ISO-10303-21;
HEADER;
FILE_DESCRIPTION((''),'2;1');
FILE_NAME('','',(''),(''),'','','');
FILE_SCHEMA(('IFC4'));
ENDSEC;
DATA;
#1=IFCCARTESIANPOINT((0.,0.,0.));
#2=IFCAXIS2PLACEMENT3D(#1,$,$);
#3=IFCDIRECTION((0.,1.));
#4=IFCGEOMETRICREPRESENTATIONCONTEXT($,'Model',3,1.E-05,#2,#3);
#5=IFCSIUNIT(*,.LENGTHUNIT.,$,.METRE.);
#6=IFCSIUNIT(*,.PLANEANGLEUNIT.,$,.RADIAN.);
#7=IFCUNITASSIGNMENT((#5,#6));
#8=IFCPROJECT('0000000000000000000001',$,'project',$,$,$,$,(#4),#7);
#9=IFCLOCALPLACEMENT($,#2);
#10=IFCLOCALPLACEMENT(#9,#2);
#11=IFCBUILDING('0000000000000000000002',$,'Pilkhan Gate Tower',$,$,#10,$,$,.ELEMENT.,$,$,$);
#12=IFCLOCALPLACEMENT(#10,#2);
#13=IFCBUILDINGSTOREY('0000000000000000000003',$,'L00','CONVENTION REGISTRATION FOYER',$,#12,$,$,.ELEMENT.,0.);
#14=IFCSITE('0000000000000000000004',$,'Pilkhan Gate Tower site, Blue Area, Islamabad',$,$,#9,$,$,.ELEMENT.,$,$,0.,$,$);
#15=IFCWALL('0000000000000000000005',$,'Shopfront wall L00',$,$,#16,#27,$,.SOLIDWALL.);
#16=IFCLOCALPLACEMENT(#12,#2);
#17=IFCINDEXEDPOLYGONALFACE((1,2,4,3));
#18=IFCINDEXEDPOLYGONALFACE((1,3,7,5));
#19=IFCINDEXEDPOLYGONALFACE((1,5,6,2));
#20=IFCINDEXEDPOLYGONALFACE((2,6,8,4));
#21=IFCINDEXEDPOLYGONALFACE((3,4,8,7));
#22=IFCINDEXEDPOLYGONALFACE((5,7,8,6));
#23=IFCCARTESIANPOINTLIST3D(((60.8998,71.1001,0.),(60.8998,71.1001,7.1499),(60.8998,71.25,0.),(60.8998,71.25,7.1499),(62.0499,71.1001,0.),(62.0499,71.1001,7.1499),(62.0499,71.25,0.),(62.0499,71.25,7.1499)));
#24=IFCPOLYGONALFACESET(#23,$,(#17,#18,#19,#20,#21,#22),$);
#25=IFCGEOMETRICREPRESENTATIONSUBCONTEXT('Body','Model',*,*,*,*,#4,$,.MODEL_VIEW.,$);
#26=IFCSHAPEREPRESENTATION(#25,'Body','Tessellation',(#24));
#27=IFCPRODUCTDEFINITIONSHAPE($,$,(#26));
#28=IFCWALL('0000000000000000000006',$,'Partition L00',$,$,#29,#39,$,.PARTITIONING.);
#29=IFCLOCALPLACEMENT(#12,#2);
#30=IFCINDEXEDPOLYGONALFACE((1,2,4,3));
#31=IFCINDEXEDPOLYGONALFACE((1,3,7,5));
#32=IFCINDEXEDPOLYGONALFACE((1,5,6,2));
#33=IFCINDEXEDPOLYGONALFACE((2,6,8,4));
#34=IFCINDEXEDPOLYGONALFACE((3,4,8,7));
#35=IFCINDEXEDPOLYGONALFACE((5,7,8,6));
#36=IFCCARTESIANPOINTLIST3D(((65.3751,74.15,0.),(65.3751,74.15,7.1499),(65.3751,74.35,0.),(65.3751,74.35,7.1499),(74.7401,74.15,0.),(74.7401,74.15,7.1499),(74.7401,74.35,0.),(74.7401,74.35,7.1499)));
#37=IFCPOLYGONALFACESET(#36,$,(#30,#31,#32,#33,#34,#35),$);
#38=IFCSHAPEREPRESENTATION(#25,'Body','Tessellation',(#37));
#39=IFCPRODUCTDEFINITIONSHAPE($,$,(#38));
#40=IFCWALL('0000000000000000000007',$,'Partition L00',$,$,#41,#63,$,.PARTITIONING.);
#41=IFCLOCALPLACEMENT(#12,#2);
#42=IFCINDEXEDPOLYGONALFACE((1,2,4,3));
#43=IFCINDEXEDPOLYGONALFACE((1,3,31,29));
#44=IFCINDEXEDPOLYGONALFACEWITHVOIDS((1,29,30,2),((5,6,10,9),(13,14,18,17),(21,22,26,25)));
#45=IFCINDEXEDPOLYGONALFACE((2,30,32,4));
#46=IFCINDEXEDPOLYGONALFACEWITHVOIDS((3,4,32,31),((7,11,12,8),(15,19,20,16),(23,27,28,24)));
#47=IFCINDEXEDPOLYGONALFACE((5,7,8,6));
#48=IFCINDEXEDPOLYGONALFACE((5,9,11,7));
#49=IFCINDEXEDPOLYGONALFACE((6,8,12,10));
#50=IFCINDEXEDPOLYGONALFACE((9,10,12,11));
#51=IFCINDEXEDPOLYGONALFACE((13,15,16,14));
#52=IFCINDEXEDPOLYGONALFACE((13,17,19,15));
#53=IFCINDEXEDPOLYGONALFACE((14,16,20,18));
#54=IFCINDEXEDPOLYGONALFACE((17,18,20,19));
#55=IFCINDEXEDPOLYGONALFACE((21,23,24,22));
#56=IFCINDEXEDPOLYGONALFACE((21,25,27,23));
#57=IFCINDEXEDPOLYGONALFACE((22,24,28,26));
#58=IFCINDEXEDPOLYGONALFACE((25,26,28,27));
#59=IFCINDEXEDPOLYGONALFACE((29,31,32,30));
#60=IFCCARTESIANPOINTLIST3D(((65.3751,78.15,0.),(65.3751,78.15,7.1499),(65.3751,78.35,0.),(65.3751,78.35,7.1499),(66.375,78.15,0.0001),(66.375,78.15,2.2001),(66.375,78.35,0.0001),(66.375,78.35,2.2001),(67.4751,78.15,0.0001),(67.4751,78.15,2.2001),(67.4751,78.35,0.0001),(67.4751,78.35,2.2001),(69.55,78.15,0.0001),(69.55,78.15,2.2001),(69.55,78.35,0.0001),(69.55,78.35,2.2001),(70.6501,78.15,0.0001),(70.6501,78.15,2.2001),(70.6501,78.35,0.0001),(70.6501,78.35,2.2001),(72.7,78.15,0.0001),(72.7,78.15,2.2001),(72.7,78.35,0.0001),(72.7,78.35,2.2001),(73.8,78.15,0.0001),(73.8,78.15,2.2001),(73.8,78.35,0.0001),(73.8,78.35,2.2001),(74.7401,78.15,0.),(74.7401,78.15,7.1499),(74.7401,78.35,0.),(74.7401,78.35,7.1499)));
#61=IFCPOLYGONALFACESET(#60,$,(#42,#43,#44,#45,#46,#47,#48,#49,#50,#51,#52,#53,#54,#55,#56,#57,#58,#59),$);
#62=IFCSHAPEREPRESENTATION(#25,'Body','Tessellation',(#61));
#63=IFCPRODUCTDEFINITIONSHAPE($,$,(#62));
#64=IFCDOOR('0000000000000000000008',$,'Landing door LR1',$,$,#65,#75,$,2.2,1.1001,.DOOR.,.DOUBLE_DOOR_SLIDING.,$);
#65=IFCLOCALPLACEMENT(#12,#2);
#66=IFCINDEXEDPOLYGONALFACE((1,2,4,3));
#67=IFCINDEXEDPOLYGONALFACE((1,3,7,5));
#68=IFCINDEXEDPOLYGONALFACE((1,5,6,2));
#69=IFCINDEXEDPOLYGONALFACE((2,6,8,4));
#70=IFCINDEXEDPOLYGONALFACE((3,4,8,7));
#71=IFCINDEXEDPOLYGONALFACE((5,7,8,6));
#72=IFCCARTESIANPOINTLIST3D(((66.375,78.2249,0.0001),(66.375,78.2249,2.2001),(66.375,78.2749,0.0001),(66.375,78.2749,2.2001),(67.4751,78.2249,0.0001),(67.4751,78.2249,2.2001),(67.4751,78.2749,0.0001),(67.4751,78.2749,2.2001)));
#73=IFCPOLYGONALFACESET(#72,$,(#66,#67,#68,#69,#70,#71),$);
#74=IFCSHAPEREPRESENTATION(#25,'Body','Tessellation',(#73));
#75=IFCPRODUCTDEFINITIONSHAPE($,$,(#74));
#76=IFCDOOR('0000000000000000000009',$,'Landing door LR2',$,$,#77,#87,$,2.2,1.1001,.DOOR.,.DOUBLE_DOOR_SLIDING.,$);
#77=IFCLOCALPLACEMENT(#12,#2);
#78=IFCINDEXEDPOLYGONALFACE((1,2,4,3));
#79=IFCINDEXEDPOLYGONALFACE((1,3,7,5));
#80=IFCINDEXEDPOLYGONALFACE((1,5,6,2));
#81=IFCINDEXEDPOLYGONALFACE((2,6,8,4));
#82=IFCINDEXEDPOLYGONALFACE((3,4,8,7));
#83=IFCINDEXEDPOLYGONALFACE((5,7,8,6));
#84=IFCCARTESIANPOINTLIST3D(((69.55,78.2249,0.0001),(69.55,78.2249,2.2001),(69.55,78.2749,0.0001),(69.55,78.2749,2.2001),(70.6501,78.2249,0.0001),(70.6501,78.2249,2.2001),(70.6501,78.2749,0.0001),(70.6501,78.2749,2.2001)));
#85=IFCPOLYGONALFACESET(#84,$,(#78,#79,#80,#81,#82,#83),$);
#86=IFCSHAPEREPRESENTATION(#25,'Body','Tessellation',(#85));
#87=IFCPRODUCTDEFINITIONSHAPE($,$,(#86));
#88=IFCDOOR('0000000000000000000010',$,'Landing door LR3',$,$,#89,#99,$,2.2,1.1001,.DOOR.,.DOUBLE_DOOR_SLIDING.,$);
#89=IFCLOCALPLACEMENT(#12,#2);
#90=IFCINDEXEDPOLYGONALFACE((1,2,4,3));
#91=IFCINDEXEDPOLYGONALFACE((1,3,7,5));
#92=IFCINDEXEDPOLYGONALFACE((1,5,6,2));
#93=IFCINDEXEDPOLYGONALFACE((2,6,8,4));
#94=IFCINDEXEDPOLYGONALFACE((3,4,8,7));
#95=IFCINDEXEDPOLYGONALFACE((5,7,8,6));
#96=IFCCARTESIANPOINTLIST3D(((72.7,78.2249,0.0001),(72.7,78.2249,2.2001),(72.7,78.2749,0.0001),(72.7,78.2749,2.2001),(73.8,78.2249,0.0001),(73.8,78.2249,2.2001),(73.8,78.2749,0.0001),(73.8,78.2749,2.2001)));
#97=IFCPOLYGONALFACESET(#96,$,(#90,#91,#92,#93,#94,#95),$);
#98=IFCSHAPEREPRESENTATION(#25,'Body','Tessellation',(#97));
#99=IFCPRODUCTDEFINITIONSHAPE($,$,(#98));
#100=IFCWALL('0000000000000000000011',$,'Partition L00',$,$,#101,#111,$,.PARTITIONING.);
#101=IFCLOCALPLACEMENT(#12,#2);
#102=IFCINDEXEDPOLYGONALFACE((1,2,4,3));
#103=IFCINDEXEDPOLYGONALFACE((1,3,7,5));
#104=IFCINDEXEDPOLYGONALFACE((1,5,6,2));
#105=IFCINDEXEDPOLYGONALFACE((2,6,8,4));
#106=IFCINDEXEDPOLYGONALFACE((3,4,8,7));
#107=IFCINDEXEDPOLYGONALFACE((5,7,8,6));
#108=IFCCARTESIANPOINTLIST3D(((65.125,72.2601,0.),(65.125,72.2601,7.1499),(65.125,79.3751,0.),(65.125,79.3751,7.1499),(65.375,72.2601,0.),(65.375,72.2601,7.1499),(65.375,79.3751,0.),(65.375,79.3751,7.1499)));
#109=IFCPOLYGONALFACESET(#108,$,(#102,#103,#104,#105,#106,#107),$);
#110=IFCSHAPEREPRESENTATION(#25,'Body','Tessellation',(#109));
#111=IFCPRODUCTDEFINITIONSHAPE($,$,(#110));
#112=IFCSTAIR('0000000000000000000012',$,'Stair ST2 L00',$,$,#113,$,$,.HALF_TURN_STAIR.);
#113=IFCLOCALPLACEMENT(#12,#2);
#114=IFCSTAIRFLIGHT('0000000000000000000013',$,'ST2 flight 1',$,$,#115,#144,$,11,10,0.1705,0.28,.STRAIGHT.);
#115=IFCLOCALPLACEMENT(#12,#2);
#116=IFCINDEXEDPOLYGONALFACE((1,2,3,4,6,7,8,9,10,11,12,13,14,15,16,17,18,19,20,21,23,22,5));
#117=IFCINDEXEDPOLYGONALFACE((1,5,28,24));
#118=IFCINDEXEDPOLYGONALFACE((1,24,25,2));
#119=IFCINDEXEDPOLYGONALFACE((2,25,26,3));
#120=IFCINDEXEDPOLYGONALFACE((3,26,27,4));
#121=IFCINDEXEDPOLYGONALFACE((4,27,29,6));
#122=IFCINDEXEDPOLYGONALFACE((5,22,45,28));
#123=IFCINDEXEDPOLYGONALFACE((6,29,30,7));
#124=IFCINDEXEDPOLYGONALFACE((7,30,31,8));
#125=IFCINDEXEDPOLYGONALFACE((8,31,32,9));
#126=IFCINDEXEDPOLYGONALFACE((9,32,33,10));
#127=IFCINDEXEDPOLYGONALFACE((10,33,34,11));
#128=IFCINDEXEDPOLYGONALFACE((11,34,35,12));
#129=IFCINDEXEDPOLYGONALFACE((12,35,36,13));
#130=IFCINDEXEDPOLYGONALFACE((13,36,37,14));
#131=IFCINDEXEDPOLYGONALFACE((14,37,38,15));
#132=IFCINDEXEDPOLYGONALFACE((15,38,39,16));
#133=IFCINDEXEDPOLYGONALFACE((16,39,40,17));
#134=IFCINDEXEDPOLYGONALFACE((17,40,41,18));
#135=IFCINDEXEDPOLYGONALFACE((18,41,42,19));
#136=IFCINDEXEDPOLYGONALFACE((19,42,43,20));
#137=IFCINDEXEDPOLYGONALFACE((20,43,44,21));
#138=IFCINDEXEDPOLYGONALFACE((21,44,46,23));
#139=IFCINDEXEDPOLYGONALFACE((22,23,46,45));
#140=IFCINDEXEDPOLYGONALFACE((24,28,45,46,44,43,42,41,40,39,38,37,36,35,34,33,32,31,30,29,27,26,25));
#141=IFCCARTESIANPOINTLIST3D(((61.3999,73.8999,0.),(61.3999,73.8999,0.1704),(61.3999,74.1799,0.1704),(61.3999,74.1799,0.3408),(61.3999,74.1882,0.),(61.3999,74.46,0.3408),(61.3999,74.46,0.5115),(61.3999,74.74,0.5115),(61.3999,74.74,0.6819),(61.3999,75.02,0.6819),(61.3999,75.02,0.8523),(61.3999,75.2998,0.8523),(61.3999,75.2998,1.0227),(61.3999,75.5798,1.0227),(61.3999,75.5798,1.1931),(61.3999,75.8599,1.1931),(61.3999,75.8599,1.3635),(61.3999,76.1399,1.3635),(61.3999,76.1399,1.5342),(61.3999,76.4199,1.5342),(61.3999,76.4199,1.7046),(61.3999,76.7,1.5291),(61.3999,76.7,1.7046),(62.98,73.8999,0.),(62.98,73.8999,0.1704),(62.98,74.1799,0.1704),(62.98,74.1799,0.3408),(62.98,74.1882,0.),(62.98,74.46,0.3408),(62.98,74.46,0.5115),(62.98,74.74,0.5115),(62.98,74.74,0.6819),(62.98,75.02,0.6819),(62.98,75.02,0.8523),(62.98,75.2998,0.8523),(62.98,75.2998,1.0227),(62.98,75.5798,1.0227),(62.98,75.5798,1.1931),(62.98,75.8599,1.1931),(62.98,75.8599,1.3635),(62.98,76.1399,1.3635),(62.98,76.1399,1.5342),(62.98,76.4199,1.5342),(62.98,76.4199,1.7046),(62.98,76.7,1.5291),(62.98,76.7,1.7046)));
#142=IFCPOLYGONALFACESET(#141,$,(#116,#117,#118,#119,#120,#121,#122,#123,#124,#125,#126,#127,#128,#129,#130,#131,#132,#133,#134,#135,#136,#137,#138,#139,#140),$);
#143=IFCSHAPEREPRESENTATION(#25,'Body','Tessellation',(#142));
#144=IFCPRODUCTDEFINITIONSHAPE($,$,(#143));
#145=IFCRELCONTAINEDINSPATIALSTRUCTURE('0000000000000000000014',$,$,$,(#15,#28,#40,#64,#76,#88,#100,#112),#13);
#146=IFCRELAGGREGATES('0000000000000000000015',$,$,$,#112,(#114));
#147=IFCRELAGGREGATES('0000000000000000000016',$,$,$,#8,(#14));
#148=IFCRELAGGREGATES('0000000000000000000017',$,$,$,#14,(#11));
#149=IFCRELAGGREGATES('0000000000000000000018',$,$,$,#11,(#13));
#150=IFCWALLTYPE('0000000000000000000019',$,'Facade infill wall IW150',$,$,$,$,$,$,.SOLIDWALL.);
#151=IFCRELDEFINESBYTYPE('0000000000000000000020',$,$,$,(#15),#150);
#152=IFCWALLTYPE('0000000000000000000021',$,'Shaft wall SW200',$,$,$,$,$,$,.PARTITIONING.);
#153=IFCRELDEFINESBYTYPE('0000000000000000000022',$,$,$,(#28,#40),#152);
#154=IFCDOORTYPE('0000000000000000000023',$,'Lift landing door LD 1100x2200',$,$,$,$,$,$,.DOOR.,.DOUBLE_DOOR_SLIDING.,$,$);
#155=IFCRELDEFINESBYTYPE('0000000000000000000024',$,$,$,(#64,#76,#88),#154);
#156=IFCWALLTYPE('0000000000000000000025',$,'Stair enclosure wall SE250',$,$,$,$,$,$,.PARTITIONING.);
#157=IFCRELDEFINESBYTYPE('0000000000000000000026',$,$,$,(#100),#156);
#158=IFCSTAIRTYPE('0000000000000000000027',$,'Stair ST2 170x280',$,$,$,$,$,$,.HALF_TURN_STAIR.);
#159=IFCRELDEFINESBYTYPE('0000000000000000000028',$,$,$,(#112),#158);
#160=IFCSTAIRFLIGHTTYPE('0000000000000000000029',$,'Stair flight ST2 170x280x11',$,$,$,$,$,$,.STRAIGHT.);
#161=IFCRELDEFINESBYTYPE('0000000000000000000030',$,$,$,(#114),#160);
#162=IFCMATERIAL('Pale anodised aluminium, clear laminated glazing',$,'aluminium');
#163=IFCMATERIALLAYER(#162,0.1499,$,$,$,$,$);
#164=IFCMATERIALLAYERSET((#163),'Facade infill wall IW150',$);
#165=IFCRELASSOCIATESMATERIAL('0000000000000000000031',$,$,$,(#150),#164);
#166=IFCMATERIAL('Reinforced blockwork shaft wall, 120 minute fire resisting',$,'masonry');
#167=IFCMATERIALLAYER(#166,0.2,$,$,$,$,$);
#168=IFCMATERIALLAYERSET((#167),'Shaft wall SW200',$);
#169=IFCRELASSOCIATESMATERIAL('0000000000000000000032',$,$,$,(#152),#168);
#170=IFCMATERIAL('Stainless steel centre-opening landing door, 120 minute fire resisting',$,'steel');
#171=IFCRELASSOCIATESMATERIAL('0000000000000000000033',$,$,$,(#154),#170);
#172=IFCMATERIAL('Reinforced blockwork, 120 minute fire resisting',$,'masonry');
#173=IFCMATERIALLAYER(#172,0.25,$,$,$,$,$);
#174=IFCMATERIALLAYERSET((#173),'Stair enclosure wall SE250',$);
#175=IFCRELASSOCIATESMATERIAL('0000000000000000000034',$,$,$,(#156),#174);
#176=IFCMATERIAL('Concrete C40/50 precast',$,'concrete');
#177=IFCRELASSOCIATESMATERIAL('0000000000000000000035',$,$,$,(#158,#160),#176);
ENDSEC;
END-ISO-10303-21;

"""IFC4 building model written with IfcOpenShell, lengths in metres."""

from ifc_helpers import new_model, si_unit, direction, frame, frame_2d, origin, place, context, subcontext, project, spatial, polyline, rectangle, outline, extrude, material, layer, layer_set, type_object, element, fill, aggregate, save


model = new_model("IFC4")

# Units and contexts
model_context = context("Model", 3, precision=1e-05, world=origin(), true_north=direction((0.0, 1.0)))
body_context = subcontext(model_context, "Body", "Model", "MODEL_VIEW")
ifc_project = project(units=[si_unit("LENGTHUNIT", "METRE"), si_unit("PLANEANGLEUNIT", "RADIAN")], contexts=[model_context])

# Site, building, storey
site_placement = place(None, origin())
site = spatial("IfcSite", under=ifc_project, at=site_placement, Name="Pilkhan Gate Tower site, Blue Area, Islamabad", CompositionType="ELEMENT", RefElevation=0.0)
building_placement = place(site_placement, origin())
building = spatial("IfcBuilding", under=site, at=building_placement, Name="Pilkhan Gate Tower", CompositionType="ELEMENT")
storey_placement = place(building_placement, origin())
storey = spatial("IfcBuildingStorey", under=building, at=storey_placement, Name="L00", Description="CONVENTION REGISTRATION FOYER", CompositionType="ELEMENT", Elevation=0.0)

# Walls
ifc_material_1 = material(Name="Pale anodised aluminium, clear laminated glazing", Category="aluminium")
ifc_layer_1 = layer(ifc_material_1, 0.1499)
ifc_layer_set_1 = layer_set([ifc_layer_1], Name="Facade infill wall IW150")
wall_type_1 = type_object("IfcWallType", Name="Facade infill wall IW150", PredefinedType="SOLIDWALL", material=ifc_layer_set_1)
wall_1_placement = place(storey_placement, frame((62.05, 71.175, 0.0), z_axis=(0.0, 0.0, 1.0), x_axis=(-1.0, 0.0, 0.0)))
element("IfcWall", 1, at=wall_1_placement, inside=storey, type_object=wall_type_1, Name="Shopfront wall L00", PredefinedType="SOLIDWALL", context=body_context, shape_type="SweptSolid", body=[
    extrude(rectangle(XDim=1.1501, YDim=0.1499, at=frame_2d((0.5752, 0.0))), origin(), (0.0, 0.0, 1.0), 7.1499),
])
ifc_material_2 = material(Name="Reinforced blockwork shaft wall, 120 minute fire resisting", Category="masonry")
ifc_layer_2 = layer(ifc_material_2, 0.2)
ifc_layer_set_2 = layer_set([ifc_layer_2], Name="Shaft wall SW200")
wall_type_2 = type_object("IfcWallType", Name="Shaft wall SW200", PredefinedType="PARTITIONING", material=ifc_layer_set_2)
wall_2_placement = place(storey_placement, frame((65.375, 74.25, 0.0), z_axis=(0.0, 0.0, 1.0), x_axis=(1.0, 0.0, 0.0)))
element("IfcWall", 2, at=wall_2_placement, inside=storey, type_object=wall_type_2, Name="Partition L00", PredefinedType="PARTITIONING", context=body_context, shape_type="SweptSolid", body=[
    extrude(rectangle(XDim=9.365, YDim=0.2, at=frame_2d((4.6826, 0.0))), origin(), (0.0, 0.0, 1.0), 7.1499),
])

# Wall, openings, doors
wall_3_placement = place(storey_placement, frame((65.375, 78.25, 0.0), z_axis=(0.0, 0.0, 1.0), x_axis=(1.0, 0.0, 0.0)))
wall_3 = element("IfcWall", 3, at=wall_3_placement, inside=storey, type_object=wall_type_2, Name="Partition L00", PredefinedType="PARTITIONING", context=body_context, shape_type="SweptSolid", body=[
    extrude(rectangle(XDim=9.365, YDim=0.2, at=frame_2d((4.6826, 0.0))), origin(), (0.0, 0.0, 1.0), 7.1499),
])
opening_1_placement = place(wall_3_placement, frame((1.0, 0.0, 0.0)))
opening_1 = element("IfcOpeningElement", 4, at=opening_1_placement, cuts=wall_3, PredefinedType="OPENING", context=body_context, shape_type="SweptSolid", body=[
    extrude(rectangle(XDim=1.1001, YDim=2.2, at=frame_2d((0.55, 1.1001))), frame((0.0, 0.1099, 0.0), z_axis=(0.0, -1.0, 0.0), x_axis=(1.0, 0.0, 0.0)), (0.0, 0.0, 1.0), 0.22),
])
opening_2_placement = place(wall_3_placement, frame((4.175, 0.0, 0.0)))
opening_2 = element("IfcOpeningElement", 5, at=opening_2_placement, cuts=wall_3, PredefinedType="OPENING", context=body_context, shape_type="SweptSolid", body=[
    extrude(rectangle(XDim=1.1001, YDim=2.2, at=frame_2d((0.55, 1.1001))), frame((0.0, 0.1099, 0.0), z_axis=(0.0, -1.0, 0.0), x_axis=(1.0, 0.0, 0.0)), (0.0, 0.0, 1.0), 0.22),
])
opening_3_placement = place(wall_3_placement, frame((7.325, 0.0, 0.0)))
opening_3 = element("IfcOpeningElement", 6, at=opening_3_placement, cuts=wall_3, PredefinedType="OPENING", context=body_context, shape_type="SweptSolid", body=[
    extrude(rectangle(XDim=1.1001, YDim=2.2, at=frame_2d((0.55, 1.1001))), frame((0.0, 0.1099, 0.0), z_axis=(0.0, -1.0, 0.0), x_axis=(1.0, 0.0, 0.0)), (0.0, 0.0, 1.0), 0.22),
])
ifc_material_3 = material(Name="Stainless steel centre-opening landing door, 120 minute fire resisting", Category="steel")
door_type = type_object("IfcDoorType", Name="Lift landing door LD 1100x2200", OperationType="DOUBLE_DOOR_SLIDING", PredefinedType="DOOR", material=ifc_material_3)
door_1_placement = place(opening_1_placement, origin())
door_1 = element("IfcDoor", 7, at=door_1_placement, inside=storey, type_object=door_type, Name="Landing door LR1", OperationType="DOUBLE_DOOR_SLIDING", OverallHeight=2.2, OverallWidth=1.1001, PredefinedType="DOOR", context=body_context, shape_type="SweptSolid", body=[
    extrude(rectangle(XDim=1.1001, YDim=2.2, at=frame_2d((0.55, 1.1001))), frame((0.0, 0.0249, 0.0), z_axis=(0.0, -1.0, 0.0), x_axis=(1.0, 0.0, 0.0)), (0.0, 0.0, 1.0), 0.05),
])
fill(opening_1, door_1)
door_2_placement = place(opening_2_placement, origin())
door_2 = element("IfcDoor", 8, at=door_2_placement, inside=storey, type_object=door_type, Name="Landing door LR2", OperationType="DOUBLE_DOOR_SLIDING", OverallHeight=2.2, OverallWidth=1.1001, PredefinedType="DOOR", context=body_context, shape_type="SweptSolid", body=[
    extrude(rectangle(XDim=1.1001, YDim=2.2, at=frame_2d((0.55, 1.1001))), frame((0.0, 0.0249, 0.0), z_axis=(0.0, -1.0, 0.0), x_axis=(1.0, 0.0, 0.0)), (0.0, 0.0, 1.0), 0.05),
])
fill(opening_2, door_2)
door_3_placement = place(opening_3_placement, origin())
door_3 = element("IfcDoor", 9, at=door_3_placement, inside=storey, type_object=door_type, Name="Landing door LR3", OperationType="DOUBLE_DOOR_SLIDING", OverallHeight=2.2, OverallWidth=1.1001, PredefinedType="DOOR", context=body_context, shape_type="SweptSolid", body=[
    extrude(rectangle(XDim=1.1001, YDim=2.2, at=frame_2d((0.55, 1.1001))), frame((0.0, 0.0249, 0.0), z_axis=(0.0, -1.0, 0.0), x_axis=(1.0, 0.0, 0.0)), (0.0, 0.0, 1.0), 0.05),
])
fill(opening_3, door_3)

# Wall
ifc_material_4 = material(Name="Reinforced blockwork, 120 minute fire resisting", Category="masonry")
ifc_layer_3 = layer(ifc_material_4, 0.25)
ifc_layer_set_3 = layer_set([ifc_layer_3], Name="Stair enclosure wall SE250")
wall_type_3 = type_object("IfcWallType", Name="Stair enclosure wall SE250", PredefinedType="PARTITIONING", material=ifc_layer_set_3)
wall_4_placement = place(storey_placement, frame((65.25, 72.26, 0.0), z_axis=(0.0, 0.0, 1.0), x_axis=(0.0, 1.0, 0.0)))
element("IfcWall", 10, at=wall_4_placement, inside=storey, type_object=wall_type_3, Name="Partition L00", PredefinedType="PARTITIONING", context=body_context, shape_type="SweptSolid", body=[
    extrude(rectangle(XDim=7.115, YDim=0.25, at=frame_2d((3.5576, 0.0))), origin(), (0.0, 0.0, 1.0), 7.1499),
])

# Stair, stair flight
ifc_material_5 = material(Name="Concrete C40/50 precast", Category="concrete")
stair_type = type_object("IfcStairType", Name="Stair ST2 170x280", PredefinedType="HALF_TURN_STAIR", material=ifc_material_5)
stair_placement = place(storey_placement, origin())
stair = element("IfcStair", 11, at=stair_placement, inside=storey, type_object=stair_type, Name="Stair ST2 L00", PredefinedType="HALF_TURN_STAIR")
stair_flight_type = type_object("IfcStairFlightType", Name="Stair flight ST2 170x280x11", PredefinedType="STRAIGHT", material=ifc_material_5)
stair_flight_1_placement = place(storey_placement, frame((62.1899, 73.8999, 0.0), z_axis=(0.0, 0.0, 1.0), x_axis=(0.0, 1.0, 0.0)))
stair_flight_1 = element("IfcStairFlight", 12, at=stair_flight_1_placement, type_object=stair_flight_type, Name="ST2 flight 1", NumberOfRisers=11, NumberOfTreads=10, PredefinedType="STRAIGHT", RiserHeight=0.1705, TreadLength=0.28, context=body_context, shape_type="SweptSolid", body=[
    extrude(outline(polyline([(0.0, 0.0), (0.0, 0.1704), (0.28, 0.1704), (0.28, 0.3408), (0.5601, 0.3408), (0.5601, 0.5115), (0.8401, 0.5115), (0.8401, 0.6819), (1.1201, 0.6819), (1.1201, 0.8523), (1.3999, 0.8523), (1.3999, 1.0227), (1.6799, 1.0227), (1.6799, 1.1931), (1.96, 1.1931), (1.96, 1.3635), (2.24, 1.3635), (2.24, 1.5342), (2.52, 1.5342), (2.52, 1.7046), (2.8, 1.7046), (2.8, 1.875), (2.8, 1.5291), (0.2883, 0.0), (0.0, 0.0)])), frame((0.0, 0.79, 0.0), z_axis=(0.0, -1.0, 0.0), x_axis=(1.0, 0.0, 0.0)), (0.0, 0.0, 1.0), 1.5801),
])
aggregate(stair, [stair_flight_1])

save(model, "model.ifc")
